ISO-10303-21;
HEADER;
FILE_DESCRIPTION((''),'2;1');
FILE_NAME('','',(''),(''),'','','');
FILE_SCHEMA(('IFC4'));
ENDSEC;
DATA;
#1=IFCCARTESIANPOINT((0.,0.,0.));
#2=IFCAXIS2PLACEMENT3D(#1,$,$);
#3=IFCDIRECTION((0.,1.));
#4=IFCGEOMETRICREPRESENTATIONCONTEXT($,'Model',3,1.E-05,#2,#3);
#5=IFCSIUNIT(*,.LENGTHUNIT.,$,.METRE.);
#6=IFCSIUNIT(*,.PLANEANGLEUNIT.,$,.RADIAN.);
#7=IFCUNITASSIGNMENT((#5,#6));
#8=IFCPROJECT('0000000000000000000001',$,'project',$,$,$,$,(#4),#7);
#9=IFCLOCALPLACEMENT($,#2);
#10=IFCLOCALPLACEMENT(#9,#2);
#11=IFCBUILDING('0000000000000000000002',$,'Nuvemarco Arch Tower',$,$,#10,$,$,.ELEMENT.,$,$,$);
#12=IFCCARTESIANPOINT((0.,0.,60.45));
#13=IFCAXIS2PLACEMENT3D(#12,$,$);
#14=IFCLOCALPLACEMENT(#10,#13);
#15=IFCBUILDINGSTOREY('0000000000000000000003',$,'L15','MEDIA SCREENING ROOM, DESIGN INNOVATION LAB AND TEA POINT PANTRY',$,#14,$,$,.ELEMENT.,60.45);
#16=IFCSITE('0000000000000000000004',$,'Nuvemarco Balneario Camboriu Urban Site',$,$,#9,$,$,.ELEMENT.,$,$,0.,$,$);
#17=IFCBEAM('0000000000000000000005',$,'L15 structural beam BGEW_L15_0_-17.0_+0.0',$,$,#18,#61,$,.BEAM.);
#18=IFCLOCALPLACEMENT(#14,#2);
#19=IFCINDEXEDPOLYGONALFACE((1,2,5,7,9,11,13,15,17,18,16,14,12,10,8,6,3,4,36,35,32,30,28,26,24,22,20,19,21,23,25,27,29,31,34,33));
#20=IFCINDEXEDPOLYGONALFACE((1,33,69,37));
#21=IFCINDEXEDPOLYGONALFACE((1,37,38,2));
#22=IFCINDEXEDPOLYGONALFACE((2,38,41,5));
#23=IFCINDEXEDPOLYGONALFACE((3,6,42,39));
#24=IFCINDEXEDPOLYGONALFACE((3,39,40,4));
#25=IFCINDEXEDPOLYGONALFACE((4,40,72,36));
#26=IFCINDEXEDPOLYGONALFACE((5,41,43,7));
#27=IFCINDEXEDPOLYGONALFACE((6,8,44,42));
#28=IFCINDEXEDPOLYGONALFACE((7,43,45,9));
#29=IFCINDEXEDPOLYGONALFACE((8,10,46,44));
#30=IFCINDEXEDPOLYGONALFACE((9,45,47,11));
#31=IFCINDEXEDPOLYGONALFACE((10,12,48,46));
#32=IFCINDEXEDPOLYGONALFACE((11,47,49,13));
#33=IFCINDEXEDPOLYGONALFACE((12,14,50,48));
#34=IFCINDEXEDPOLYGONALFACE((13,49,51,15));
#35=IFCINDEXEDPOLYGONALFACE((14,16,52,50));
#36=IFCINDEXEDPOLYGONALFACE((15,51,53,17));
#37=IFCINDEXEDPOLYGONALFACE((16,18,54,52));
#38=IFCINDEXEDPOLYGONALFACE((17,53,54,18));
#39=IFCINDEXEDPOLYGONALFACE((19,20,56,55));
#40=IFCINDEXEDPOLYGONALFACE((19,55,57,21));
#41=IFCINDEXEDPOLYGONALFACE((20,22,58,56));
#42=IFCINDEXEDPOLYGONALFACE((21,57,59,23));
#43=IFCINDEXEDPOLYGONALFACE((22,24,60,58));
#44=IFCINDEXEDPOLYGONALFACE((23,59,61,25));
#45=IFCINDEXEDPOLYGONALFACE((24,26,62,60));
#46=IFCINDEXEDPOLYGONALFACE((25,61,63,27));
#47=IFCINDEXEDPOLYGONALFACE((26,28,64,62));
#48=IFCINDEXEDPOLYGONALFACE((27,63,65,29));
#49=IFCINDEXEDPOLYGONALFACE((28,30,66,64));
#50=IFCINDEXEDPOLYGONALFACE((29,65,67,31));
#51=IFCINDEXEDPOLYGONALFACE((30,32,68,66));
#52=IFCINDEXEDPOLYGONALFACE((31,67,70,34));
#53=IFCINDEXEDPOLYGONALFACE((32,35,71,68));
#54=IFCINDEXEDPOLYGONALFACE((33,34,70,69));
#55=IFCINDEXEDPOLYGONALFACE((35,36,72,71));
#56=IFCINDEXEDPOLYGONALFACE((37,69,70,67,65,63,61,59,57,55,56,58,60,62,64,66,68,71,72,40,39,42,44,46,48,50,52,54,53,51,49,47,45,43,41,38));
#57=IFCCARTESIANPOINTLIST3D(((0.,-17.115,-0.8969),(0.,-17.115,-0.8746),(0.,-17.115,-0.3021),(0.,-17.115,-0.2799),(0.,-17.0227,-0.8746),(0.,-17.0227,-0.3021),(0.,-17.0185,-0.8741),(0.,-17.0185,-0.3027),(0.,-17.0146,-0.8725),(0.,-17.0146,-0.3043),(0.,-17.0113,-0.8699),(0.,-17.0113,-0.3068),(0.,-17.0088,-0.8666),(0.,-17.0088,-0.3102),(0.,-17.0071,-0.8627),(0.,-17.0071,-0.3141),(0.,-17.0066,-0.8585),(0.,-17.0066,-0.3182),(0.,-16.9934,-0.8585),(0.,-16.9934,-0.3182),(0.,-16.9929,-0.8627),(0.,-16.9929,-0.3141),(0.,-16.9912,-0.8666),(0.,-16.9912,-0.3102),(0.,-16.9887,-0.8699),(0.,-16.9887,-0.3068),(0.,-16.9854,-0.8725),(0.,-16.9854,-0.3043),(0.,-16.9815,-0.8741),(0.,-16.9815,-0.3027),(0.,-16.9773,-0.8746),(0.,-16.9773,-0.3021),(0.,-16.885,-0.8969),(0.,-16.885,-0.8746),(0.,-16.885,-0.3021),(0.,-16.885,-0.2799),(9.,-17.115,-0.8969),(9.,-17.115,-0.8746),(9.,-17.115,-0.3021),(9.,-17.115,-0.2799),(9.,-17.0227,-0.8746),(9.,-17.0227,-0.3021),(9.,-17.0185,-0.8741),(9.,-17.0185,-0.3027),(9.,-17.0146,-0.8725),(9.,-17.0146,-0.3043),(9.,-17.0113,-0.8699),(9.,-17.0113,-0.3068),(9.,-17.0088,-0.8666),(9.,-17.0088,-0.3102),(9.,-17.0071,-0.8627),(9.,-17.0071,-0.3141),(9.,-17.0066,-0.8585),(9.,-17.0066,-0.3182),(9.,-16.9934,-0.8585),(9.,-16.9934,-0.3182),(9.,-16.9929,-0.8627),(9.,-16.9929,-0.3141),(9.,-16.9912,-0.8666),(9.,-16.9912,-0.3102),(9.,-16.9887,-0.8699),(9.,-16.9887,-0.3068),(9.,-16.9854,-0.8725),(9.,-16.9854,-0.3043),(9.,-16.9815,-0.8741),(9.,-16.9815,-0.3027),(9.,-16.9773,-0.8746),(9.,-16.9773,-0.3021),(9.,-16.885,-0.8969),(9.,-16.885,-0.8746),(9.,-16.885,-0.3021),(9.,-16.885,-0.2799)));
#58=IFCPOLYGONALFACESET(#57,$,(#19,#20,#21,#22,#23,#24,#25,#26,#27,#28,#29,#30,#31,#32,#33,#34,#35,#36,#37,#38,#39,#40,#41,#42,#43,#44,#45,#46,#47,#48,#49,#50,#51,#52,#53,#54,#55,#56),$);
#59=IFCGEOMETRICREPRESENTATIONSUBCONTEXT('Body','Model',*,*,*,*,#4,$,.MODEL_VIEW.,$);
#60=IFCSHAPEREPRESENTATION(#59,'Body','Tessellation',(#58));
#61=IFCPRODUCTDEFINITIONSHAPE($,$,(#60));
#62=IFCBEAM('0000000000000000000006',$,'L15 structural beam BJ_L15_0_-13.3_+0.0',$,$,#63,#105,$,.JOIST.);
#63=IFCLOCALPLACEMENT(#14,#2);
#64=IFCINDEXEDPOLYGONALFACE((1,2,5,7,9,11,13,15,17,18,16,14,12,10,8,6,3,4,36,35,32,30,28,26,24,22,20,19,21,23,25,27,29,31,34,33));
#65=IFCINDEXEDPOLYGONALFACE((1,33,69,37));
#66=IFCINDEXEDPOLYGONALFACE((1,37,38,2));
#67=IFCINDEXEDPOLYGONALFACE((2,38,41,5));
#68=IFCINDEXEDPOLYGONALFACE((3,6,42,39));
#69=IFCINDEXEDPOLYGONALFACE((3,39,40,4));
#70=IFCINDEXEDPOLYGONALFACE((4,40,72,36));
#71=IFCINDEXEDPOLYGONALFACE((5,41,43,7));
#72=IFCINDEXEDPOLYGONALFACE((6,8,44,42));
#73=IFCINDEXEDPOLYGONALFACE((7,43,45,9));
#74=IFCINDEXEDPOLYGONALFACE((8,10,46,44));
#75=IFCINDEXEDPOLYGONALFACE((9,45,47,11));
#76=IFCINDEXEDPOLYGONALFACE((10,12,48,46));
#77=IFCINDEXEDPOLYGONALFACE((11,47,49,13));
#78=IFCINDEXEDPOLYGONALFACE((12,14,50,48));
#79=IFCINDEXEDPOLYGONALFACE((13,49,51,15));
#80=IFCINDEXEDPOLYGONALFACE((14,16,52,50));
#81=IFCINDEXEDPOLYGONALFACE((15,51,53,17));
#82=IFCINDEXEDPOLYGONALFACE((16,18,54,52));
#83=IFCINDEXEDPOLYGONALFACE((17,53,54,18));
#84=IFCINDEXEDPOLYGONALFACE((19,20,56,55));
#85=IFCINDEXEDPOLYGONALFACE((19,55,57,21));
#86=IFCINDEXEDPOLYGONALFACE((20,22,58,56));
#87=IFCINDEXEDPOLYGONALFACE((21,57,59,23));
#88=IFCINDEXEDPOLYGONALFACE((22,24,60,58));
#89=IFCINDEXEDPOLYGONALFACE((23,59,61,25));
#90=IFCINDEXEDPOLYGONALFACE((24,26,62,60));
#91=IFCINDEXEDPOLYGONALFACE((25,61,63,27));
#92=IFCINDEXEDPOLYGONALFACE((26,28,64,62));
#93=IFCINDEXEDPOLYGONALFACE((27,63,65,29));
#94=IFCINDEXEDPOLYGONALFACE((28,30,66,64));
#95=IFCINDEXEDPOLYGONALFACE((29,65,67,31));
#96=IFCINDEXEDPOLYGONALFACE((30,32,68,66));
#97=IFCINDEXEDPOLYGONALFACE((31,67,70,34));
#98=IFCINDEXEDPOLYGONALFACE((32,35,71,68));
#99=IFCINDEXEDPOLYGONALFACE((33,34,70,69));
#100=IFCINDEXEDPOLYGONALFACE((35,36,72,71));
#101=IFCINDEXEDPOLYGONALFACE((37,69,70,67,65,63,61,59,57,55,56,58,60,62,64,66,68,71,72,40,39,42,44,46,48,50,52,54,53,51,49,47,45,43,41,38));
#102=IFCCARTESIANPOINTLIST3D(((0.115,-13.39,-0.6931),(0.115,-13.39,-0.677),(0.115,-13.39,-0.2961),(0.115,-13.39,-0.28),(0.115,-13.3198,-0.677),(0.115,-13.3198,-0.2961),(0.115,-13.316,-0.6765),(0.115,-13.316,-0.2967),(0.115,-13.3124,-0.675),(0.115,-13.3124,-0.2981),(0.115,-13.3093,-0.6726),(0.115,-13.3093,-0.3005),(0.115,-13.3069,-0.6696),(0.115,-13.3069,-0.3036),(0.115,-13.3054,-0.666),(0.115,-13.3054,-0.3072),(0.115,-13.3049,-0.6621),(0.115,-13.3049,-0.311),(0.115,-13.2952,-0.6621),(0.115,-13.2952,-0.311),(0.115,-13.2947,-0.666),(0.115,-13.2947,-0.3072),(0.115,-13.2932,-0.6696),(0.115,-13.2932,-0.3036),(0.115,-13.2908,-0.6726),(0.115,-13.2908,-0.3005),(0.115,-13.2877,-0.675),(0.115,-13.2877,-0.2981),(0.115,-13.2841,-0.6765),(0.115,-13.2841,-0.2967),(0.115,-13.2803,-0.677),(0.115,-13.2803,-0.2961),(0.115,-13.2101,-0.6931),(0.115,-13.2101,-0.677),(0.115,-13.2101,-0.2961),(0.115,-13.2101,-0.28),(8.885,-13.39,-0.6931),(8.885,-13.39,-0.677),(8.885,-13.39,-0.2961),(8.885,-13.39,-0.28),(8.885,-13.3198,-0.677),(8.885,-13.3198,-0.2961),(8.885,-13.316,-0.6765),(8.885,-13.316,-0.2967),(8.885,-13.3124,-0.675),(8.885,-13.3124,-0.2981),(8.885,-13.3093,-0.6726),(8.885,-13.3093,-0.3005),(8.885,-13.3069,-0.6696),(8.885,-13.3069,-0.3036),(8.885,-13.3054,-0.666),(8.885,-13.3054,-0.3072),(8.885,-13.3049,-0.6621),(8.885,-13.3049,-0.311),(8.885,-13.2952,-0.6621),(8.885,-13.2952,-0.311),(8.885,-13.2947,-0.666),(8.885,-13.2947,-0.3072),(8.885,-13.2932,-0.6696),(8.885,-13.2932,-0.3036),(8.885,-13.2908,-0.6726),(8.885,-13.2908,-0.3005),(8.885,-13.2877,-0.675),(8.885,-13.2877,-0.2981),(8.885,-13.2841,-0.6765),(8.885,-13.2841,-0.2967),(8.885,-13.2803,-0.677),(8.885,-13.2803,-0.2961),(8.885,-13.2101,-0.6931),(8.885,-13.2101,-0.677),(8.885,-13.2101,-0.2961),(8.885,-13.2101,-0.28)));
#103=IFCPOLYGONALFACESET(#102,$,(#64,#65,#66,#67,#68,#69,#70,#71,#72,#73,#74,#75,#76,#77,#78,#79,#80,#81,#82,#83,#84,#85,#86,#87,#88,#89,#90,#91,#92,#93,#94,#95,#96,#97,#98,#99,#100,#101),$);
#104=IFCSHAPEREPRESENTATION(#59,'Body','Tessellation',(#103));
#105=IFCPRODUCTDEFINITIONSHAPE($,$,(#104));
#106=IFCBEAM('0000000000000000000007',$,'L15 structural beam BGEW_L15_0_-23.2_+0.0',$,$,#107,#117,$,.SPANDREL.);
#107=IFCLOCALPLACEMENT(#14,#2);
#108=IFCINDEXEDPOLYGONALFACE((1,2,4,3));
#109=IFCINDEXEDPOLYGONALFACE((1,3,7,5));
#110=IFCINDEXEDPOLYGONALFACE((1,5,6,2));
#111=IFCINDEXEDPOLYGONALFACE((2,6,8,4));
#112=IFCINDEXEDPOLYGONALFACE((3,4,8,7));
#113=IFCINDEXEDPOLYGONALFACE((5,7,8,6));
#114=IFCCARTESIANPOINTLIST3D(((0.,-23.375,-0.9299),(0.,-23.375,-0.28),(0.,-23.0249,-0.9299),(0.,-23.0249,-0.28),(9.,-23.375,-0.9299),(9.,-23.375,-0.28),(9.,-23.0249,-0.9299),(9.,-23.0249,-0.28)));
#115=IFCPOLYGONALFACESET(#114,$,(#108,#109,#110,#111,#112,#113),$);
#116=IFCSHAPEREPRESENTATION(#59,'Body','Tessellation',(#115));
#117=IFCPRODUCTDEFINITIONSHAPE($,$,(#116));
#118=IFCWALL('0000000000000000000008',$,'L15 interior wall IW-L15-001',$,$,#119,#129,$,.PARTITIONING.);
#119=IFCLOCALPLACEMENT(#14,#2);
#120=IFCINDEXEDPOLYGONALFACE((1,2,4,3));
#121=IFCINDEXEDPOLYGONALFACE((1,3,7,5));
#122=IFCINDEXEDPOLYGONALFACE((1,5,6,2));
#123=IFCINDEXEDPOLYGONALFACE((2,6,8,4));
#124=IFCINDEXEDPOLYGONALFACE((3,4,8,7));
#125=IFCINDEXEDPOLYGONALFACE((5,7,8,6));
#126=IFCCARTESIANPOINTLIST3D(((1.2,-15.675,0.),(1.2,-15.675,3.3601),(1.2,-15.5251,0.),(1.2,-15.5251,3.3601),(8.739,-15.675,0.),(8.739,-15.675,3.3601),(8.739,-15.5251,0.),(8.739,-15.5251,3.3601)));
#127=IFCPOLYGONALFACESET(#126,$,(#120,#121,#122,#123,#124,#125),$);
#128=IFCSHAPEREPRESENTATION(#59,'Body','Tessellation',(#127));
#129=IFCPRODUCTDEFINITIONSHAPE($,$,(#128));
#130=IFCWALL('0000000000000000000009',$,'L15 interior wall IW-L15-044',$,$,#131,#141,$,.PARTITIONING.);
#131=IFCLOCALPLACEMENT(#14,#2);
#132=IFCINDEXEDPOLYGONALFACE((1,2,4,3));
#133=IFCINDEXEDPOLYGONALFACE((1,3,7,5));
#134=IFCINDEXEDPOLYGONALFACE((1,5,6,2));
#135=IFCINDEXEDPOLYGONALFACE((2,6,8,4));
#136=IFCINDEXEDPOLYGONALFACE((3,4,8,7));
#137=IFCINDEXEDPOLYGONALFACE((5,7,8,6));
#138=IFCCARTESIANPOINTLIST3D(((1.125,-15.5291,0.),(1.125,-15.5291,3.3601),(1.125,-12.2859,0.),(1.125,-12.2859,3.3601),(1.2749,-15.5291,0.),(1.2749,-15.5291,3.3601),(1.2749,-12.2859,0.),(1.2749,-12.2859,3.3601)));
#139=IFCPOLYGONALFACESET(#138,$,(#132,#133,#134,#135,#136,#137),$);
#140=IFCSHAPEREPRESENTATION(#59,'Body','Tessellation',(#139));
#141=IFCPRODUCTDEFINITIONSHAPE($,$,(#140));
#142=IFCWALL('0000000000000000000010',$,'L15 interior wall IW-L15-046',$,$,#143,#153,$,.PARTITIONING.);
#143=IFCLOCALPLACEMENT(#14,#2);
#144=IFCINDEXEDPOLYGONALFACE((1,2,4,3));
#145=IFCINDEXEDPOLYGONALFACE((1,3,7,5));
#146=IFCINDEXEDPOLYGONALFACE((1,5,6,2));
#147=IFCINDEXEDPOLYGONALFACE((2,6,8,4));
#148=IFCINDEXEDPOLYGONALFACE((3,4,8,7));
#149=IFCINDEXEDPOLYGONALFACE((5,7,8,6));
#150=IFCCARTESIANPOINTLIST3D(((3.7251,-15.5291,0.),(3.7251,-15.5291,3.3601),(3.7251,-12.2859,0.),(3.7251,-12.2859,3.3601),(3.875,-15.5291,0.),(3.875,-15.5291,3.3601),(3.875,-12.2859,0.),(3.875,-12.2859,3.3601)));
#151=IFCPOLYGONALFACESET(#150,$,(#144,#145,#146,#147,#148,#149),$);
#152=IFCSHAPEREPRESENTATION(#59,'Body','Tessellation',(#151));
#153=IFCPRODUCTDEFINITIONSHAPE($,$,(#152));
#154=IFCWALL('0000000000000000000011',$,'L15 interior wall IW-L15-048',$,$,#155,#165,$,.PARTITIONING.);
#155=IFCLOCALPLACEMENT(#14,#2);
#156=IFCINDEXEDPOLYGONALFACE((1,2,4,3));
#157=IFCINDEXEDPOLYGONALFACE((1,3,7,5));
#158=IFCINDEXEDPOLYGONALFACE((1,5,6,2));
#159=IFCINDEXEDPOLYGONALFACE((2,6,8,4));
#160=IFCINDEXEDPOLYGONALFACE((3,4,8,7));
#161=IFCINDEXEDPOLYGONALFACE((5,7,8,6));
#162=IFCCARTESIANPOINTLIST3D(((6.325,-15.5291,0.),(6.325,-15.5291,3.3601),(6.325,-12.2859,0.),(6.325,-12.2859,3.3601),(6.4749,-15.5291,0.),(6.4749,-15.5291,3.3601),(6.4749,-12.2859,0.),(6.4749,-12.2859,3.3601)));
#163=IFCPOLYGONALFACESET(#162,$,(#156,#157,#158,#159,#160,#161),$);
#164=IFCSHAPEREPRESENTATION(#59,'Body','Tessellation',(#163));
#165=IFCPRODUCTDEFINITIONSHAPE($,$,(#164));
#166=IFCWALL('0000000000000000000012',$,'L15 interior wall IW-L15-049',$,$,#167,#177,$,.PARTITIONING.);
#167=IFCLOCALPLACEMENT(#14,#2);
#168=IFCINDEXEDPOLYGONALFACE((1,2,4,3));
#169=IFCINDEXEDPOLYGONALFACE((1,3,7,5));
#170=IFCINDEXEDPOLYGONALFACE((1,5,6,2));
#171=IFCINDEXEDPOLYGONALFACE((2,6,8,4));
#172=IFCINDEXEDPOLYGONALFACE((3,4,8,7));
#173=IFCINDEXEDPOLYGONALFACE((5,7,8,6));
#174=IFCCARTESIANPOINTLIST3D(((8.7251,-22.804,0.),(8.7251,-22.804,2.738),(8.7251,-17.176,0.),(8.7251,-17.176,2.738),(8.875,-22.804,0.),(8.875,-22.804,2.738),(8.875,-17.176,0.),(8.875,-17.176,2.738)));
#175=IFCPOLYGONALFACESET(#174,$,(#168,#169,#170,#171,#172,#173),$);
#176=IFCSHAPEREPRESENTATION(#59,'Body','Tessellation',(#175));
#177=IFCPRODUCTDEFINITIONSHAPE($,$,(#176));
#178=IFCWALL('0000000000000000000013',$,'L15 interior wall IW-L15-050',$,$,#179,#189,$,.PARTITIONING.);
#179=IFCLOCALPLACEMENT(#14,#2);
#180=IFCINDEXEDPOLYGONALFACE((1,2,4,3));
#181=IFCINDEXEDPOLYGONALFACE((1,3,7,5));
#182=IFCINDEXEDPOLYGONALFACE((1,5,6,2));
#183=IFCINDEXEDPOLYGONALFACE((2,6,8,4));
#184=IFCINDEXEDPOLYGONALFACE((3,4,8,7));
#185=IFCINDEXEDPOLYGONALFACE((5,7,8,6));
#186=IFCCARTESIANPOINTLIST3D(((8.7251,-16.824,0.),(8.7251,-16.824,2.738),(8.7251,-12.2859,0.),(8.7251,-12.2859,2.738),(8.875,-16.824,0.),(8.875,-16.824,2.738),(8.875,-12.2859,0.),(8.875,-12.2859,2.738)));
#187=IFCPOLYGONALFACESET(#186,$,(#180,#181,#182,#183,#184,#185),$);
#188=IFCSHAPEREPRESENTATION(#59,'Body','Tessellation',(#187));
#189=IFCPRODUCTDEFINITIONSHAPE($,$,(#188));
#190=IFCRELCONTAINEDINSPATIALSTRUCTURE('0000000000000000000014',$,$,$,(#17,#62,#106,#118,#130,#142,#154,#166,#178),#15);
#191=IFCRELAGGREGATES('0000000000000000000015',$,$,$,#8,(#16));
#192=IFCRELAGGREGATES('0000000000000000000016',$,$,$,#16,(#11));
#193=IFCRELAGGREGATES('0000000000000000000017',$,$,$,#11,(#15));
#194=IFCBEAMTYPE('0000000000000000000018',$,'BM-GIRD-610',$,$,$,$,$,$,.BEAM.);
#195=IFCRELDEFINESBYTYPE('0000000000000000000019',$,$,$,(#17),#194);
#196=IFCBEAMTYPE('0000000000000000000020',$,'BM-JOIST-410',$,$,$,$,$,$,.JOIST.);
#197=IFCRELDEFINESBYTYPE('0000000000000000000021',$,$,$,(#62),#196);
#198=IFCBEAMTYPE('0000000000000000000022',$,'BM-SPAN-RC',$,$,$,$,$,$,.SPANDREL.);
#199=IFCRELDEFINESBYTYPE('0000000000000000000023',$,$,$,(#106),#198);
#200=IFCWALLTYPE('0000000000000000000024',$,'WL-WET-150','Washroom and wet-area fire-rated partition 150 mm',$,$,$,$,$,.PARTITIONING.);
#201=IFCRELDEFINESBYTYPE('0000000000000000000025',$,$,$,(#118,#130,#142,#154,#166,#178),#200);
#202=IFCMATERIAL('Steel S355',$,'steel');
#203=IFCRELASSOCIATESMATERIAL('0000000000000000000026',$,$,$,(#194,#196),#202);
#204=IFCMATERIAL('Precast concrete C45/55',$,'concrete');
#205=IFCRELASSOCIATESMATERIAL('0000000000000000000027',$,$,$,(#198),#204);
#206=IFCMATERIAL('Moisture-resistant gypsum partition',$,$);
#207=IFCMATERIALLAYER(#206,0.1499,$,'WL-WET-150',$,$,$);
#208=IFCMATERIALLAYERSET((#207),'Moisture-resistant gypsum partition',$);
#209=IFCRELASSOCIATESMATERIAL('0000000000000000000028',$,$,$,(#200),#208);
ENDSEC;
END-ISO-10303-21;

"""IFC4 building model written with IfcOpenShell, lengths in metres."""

from ifc_helpers import new_model, si_unit, direction, frame, frame_2d, origin, origin_2d, place, context, subcontext, project, spatial, rectangle, i_section, extrude, material, layer, layer_set, material_profile, profile_set, type_object, element, save


model = new_model("IFC4")

# Units and contexts
model_context = context("Model", 3, precision=1e-05, world=origin(), true_north=direction((0.0, 1.0)))
body_context = subcontext(model_context, "Body", "Model", "MODEL_VIEW")
ifc_project = project(units=[si_unit("LENGTHUNIT", "METRE"), si_unit("PLANEANGLEUNIT", "RADIAN")], contexts=[model_context])

# Site, building, storey
site_placement = place(None, origin())
site = spatial("IfcSite", under=ifc_project, at=site_placement, Name="Nuvemarco Balneario Camboriu Urban Site", CompositionType="ELEMENT", RefElevation=0.0)
building_placement = place(site_placement, origin())
building = spatial("IfcBuilding", under=site, at=building_placement, Name="Nuvemarco Arch Tower", CompositionType="ELEMENT")
storey_placement = place(building_placement, frame((0.0, 0.0, 60.45)))
storey = spatial("IfcBuildingStorey", under=building, at=storey_placement, Name="L15", Description="MEDIA SCREENING ROOM, DESIGN INNOVATION LAB AND TEA POINT PANTRY", CompositionType="ELEMENT", Elevation=60.45)

# Shared definitions
ifc_material_1 = material(Name="Steel S355", Category="steel")

# Beams
ifc_material_profile_1 = material_profile(ifc_material_1, i_section(OverallWidth=0.23, OverallDepth=0.6169, WebThickness=0.0132, FlangeThickness=0.0222, FilletRadius=0.0161, at=origin_2d()), Name="W610x140")
ifc_profile_set_1 = profile_set([ifc_material_profile_1], Name="Steel S355")
beam_type_1 = type_object("IfcBeamType", Name="BM-GIRD-610", PredefinedType="BEAM", material=ifc_profile_set_1)
beam_1_placement = place(storey_placement, frame((0.0, -17.0, -0.5884), z_axis=(1.0, 0.0, 0.0), x_axis=(0.0, 1.0, 0.0)))
element("IfcBeam", 1, at=beam_1_placement, inside=storey, type_object=beam_type_1, Name="L15 structural beam BGEW_L15_0_-17.0_+0.0", PredefinedType="BEAM", context=body_context, shape_type="SweptSolid", body=[
    extrude(i_section(OverallWidth=0.23, OverallDepth=0.6169, WebThickness=0.0132, FlangeThickness=0.0222, FilletRadius=0.0161, at=origin_2d()), origin(), (0.0, 0.0, 1.0), 9.0),
])
ifc_material_profile_2 = material_profile(ifc_material_1, i_section(OverallWidth=0.1799, OverallDepth=0.4131, WebThickness=0.0098, FlangeThickness=0.0161, FilletRadius=0.0149, at=origin_2d()), Name="W410x75")
ifc_profile_set_2 = profile_set([ifc_material_profile_2], Name="Steel S355")
beam_type_2 = type_object("IfcBeamType", Name="BM-JOIST-410", PredefinedType="JOIST", material=ifc_profile_set_2)
beam_2_placement = place(storey_placement, frame((0.115, -13.3, -0.4866), z_axis=(1.0, 0.0, 0.0), x_axis=(0.0, 1.0, 0.0)))
element("IfcBeam", 2, at=beam_2_placement, inside=storey, type_object=beam_type_2, Name="L15 structural beam BJ_L15_0_-13.3_+0.0", PredefinedType="JOIST", context=body_context, shape_type="SweptSolid", body=[
    extrude(i_section(OverallWidth=0.1799, OverallDepth=0.4131, WebThickness=0.0098, FlangeThickness=0.0161, FilletRadius=0.0149, at=origin_2d()), origin(), (0.0, 0.0, 1.0), 8.77),
])
ifc_material_2 = material(Name="Precast concrete C45/55", Category="concrete")
ifc_material_profile_3 = material_profile(ifc_material_2, rectangle(XDim=0.3501, YDim=0.6499, at=origin_2d()), Name="PC-SP-350x650")
ifc_profile_set_3 = profile_set([ifc_material_profile_3], Name="Precast concrete C45/55")
beam_type_3 = type_object("IfcBeamType", Name="BM-SPAN-RC", PredefinedType="SPANDREL", material=ifc_profile_set_3)
beam_3_placement = place(storey_placement, frame((0.0, -23.2, -0.605), z_axis=(1.0, 0.0, 0.0), x_axis=(0.0, 1.0, 0.0)))
element("IfcBeam", 3, at=beam_3_placement, inside=storey, type_object=beam_type_3, Name="L15 structural beam BGEW_L15_0_-23.2_+0.0", PredefinedType="SPANDREL", context=body_context, shape_type="SweptSolid", body=[
    extrude(rectangle(XDim=0.3501, YDim=0.6499, at=origin_2d()), origin(), (0.0, 0.0, 1.0), 9.0),
])

# Walls
ifc_material_3 = material(Name="Moisture-resistant gypsum partition")
ifc_layer_1 = layer(ifc_material_3, 0.1499, Name="WL-WET-150")
ifc_layer_set_1 = layer_set([ifc_layer_1], Name="Moisture-resistant gypsum partition")
wall_type = type_object("IfcWallType", Name="WL-WET-150", Description="Washroom and wet-area fire-rated partition 150 mm", PredefinedType="PARTITIONING", material=ifc_layer_set_1)
wall_1_placement = place(storey_placement, frame((1.2, -15.6001, 0.0), z_axis=(0.0, 0.0, 1.0), x_axis=(1.0, 0.0, 0.0)))
element("IfcWall", 4, at=wall_1_placement, inside=storey, type_object=wall_type, Name="L15 interior wall IW-L15-001", PredefinedType="PARTITIONING", context=body_context, shape_type="SweptSolid", body=[
    extrude(rectangle(XDim=7.5391, YDim=0.1499, at=frame_2d((3.7695, 0.0))), origin(), (0.0, 0.0, 1.0), 3.3601),
])
for number, where, z_axis, x_axis, name in (
    (5, (1.2, -15.5291, 0.0), (0.0, 0.0, 1.0), (0.0, 1.0, 0.0), "L15 interior wall IW-L15-044"),
    (6, (3.8, -15.5291, 0.0), (0.0, 0.0, 1.0), (0.0, 1.0, 0.0), "L15 interior wall IW-L15-046"),
    (7, (6.3999, -15.5291, 0.0), (0.0, 0.0, 1.0), (0.0, 1.0, 0.0), "L15 interior wall IW-L15-048"),
):
    element("IfcWall", number, at=place(storey_placement, frame(where, z_axis=z_axis, x_axis=x_axis)), inside=storey, type_object=wall_type, Name=name, PredefinedType="PARTITIONING", context=body_context, shape_type="SweptSolid", body=[
        extrude(rectangle(XDim=3.2432, YDim=0.1499, at=frame_2d((1.6216, 0.0))), origin(), (0.0, 0.0, 1.0), 3.3601),
    ])
wall_2_placement = place(storey_placement, frame((8.8, -22.804, 0.0), z_axis=(0.0, 0.0, 1.0), x_axis=(0.0, 1.0, 0.0)))
element("IfcWall", 8, at=wall_2_placement, inside=storey, type_object=wall_type, Name="L15 interior wall IW-L15-049", PredefinedType="PARTITIONING", context=body_context, shape_type="SweptSolid", body=[
    extrude(rectangle(XDim=5.6279, YDim=0.1499, at=frame_2d((2.814, 0.0))), origin(), (0.0, 0.0, 1.0), 2.738),
])
wall_3_placement = place(storey_placement, frame((8.8, -16.824, 0.0), z_axis=(0.0, 0.0, 1.0), x_axis=(0.0, 1.0, 0.0)))
element("IfcWall", 9, at=wall_3_placement, inside=storey, type_object=wall_type, Name="L15 interior wall IW-L15-050", PredefinedType="PARTITIONING", context=body_context, shape_type="SweptSolid", body=[
    extrude(rectangle(XDim=4.5381, YDim=0.1499, at=frame_2d((2.269, 0.0))), origin(), (0.0, 0.0, 1.0), 2.738),
])

save(model, "model.ifc")
